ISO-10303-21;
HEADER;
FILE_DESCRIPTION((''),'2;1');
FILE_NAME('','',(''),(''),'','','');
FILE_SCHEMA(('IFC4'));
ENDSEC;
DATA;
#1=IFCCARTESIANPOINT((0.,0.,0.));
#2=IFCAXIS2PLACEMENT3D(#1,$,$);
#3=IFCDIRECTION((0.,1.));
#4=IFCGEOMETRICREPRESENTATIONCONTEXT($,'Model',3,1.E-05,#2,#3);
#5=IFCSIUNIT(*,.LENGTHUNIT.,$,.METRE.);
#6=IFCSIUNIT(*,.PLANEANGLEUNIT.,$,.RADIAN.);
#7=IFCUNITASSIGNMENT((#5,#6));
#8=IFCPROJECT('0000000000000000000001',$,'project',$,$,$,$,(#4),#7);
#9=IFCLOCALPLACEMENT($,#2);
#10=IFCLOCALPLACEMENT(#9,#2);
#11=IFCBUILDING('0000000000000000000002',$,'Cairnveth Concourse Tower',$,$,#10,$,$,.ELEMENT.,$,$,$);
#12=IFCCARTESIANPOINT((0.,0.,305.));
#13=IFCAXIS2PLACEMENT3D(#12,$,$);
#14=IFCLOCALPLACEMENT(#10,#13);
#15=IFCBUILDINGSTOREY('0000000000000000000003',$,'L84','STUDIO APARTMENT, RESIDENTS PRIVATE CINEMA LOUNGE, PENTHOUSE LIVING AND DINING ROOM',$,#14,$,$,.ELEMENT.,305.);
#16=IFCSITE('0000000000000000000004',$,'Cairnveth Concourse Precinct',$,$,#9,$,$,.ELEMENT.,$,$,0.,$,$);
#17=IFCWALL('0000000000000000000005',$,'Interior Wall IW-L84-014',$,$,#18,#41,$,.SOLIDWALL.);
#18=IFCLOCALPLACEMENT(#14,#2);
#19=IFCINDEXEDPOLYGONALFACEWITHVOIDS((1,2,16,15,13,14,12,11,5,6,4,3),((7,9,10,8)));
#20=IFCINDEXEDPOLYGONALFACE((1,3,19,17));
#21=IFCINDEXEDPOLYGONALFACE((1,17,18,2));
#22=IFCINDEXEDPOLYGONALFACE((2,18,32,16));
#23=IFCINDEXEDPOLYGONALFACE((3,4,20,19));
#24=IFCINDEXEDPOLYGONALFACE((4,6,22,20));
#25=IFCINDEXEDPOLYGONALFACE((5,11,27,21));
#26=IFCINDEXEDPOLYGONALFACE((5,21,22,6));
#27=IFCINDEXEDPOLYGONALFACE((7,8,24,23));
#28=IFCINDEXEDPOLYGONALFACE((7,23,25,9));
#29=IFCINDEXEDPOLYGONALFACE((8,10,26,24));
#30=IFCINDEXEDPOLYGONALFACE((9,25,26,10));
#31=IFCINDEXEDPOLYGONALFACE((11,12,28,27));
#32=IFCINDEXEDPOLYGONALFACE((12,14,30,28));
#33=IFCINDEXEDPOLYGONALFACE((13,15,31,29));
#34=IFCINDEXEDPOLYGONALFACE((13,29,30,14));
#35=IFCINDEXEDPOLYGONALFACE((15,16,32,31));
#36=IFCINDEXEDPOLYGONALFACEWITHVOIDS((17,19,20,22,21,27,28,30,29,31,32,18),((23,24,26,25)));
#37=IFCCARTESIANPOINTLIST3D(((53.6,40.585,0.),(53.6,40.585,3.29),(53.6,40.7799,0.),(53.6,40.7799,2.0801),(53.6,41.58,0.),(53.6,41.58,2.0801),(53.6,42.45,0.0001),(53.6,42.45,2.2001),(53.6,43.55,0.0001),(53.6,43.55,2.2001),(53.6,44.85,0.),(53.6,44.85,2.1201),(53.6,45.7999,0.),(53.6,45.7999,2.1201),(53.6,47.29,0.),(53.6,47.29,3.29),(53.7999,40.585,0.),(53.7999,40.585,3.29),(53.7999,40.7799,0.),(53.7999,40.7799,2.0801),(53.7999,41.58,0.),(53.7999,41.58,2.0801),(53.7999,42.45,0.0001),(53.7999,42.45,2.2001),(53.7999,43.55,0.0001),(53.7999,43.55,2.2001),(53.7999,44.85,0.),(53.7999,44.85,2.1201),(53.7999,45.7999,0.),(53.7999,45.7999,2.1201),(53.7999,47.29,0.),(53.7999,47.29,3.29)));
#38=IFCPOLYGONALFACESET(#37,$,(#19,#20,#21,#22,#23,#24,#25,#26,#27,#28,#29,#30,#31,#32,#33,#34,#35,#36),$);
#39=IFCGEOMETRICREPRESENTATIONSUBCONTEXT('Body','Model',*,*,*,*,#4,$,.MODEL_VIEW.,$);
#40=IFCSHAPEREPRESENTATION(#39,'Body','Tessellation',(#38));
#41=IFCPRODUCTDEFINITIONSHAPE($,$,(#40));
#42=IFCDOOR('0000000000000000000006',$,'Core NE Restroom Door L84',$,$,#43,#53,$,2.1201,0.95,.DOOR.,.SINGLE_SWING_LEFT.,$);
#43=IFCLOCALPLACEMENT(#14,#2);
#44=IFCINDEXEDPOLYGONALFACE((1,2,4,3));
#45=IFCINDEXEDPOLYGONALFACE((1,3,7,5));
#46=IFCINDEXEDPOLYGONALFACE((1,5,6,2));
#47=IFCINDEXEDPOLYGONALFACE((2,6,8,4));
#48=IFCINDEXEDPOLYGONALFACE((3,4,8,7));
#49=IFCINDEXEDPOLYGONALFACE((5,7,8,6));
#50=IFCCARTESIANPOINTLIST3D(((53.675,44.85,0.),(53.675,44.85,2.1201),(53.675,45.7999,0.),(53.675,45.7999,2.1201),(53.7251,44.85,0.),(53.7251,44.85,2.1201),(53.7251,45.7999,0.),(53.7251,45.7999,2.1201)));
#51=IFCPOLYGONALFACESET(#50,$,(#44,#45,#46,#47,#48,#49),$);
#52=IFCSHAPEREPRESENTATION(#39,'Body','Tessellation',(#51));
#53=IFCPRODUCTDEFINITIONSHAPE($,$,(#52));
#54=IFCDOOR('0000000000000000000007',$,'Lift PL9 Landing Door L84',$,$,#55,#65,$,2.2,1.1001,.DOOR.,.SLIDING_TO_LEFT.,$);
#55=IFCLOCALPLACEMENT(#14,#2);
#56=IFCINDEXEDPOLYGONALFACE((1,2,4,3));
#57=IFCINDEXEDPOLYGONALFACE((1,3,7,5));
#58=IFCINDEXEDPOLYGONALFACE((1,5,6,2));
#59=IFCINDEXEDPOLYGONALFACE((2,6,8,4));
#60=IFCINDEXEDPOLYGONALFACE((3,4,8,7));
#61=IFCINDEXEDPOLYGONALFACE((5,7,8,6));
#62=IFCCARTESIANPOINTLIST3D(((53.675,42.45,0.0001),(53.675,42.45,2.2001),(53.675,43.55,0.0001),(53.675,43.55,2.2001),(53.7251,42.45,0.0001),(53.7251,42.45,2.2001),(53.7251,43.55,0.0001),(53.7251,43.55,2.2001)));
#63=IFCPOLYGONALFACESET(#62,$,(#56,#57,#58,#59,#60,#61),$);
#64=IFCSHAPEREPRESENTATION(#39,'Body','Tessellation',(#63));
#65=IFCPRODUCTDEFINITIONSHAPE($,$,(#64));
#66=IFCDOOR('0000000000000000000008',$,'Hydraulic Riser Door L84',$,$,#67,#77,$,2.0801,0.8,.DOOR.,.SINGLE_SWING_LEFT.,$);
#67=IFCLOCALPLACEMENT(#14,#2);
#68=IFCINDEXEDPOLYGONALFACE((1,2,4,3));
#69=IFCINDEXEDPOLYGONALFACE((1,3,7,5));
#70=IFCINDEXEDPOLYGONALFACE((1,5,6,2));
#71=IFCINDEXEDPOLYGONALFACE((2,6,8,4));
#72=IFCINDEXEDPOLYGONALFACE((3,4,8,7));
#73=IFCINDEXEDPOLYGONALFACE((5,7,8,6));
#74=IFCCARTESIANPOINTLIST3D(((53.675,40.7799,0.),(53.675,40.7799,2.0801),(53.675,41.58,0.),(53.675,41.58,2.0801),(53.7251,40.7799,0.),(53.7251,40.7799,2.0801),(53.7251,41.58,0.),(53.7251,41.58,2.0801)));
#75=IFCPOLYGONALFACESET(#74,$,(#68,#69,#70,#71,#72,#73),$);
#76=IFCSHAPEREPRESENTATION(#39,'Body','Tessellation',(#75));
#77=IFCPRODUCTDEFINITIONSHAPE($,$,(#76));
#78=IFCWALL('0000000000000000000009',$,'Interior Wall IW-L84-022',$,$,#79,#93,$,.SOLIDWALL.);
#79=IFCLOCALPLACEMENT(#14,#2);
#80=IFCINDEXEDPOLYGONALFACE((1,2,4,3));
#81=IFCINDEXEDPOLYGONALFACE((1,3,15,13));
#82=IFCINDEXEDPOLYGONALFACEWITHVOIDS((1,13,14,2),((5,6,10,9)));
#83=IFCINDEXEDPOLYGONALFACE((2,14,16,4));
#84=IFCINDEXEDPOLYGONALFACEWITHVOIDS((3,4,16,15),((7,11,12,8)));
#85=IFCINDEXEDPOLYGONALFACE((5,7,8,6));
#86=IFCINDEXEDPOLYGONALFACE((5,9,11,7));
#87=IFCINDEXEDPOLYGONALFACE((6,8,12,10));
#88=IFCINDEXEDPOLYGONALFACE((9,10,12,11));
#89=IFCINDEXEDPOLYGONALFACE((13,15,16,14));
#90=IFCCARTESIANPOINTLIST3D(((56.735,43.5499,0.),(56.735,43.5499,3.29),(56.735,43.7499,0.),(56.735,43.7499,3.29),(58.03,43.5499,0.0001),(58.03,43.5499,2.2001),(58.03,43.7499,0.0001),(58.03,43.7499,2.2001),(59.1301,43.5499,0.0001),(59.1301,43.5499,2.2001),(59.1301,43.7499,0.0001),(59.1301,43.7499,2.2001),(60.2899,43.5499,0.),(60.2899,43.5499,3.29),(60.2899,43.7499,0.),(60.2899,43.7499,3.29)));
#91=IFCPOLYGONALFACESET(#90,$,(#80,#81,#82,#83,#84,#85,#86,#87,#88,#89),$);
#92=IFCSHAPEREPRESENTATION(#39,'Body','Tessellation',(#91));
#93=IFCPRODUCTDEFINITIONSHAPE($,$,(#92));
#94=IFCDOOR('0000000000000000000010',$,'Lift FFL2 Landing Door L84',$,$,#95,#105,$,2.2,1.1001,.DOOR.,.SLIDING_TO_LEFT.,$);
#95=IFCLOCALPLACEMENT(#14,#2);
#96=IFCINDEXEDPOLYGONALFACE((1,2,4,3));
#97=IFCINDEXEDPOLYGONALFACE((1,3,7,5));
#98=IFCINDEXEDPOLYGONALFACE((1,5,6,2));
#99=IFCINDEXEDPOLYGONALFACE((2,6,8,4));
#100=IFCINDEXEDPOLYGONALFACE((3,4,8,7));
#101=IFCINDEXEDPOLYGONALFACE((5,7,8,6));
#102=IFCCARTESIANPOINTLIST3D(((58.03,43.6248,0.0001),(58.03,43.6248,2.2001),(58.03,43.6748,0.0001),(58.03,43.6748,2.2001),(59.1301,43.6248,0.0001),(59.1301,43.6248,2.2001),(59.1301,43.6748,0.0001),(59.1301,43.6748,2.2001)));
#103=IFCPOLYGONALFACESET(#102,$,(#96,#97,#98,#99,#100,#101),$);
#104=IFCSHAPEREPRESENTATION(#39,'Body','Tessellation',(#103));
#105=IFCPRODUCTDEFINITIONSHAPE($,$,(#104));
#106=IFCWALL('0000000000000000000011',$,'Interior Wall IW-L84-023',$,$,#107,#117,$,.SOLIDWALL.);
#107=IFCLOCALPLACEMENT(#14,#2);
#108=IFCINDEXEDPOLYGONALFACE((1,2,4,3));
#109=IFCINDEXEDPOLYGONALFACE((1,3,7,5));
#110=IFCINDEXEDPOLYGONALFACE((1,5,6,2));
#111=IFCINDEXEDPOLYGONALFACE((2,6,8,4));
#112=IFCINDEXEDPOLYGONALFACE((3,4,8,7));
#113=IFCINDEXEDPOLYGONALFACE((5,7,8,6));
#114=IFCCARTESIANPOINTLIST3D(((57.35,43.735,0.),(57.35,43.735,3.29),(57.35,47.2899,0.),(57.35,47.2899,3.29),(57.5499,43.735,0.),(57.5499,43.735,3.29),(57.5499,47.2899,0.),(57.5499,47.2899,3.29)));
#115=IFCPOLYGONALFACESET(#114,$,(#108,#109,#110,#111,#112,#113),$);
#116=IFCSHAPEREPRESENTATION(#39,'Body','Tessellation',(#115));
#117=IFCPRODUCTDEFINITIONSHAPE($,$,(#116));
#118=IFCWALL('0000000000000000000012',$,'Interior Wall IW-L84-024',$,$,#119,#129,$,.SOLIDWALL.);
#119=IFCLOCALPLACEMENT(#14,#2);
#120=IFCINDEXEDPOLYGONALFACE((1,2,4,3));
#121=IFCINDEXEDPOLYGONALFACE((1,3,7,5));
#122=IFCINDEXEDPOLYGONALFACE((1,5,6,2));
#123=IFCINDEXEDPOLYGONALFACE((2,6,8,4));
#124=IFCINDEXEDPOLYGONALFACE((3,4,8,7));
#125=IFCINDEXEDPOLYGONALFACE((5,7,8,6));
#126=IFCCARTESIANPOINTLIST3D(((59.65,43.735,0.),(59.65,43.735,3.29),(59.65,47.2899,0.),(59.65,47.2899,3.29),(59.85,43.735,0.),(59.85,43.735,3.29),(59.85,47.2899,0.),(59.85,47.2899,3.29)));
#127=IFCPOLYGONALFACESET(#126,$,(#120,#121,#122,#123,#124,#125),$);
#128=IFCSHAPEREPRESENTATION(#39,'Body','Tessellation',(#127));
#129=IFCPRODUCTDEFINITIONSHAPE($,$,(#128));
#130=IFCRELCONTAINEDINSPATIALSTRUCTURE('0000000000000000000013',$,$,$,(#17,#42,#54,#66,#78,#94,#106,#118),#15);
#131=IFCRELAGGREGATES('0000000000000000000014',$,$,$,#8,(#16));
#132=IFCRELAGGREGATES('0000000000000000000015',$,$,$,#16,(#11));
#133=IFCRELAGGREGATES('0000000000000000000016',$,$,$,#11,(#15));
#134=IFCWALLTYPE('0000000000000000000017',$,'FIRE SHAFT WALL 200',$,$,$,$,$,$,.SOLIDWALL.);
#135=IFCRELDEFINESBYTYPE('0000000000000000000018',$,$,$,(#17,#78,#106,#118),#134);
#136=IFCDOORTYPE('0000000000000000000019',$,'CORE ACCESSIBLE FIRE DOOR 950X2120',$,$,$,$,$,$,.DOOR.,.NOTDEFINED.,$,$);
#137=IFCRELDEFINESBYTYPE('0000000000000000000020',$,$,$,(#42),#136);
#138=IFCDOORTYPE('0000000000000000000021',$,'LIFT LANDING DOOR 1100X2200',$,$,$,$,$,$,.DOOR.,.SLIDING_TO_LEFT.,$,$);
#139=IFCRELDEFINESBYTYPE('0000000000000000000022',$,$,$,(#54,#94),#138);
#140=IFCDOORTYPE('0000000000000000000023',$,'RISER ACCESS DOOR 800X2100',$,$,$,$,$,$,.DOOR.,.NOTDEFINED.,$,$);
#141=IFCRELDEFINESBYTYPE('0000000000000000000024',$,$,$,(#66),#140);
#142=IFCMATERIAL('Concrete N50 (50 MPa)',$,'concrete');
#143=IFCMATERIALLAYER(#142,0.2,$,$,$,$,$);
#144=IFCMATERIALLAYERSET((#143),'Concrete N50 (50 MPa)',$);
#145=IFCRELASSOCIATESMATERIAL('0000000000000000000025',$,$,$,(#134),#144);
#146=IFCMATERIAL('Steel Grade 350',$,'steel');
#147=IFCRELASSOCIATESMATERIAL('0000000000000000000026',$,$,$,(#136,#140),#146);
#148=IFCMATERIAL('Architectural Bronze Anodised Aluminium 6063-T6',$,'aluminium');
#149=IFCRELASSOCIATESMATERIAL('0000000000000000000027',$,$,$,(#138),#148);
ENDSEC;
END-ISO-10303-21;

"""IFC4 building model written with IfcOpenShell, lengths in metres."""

from ifc_helpers import new_model, si_unit, direction, frame, frame_2d, origin, place, context, subcontext, project, spatial, rectangle, extrude, material, layer, layer_set, type_object, element, fill, save


model = new_model("IFC4")

# Units and contexts
model_context = context("Model", 3, precision=1e-05, world=origin(), true_north=direction((0.0, 1.0)))
body_context = subcontext(model_context, "Body", "Model", "MODEL_VIEW")
ifc_project = project(units=[si_unit("LENGTHUNIT", "METRE"), si_unit("PLANEANGLEUNIT", "RADIAN")], contexts=[model_context])

# Site, building, storey
site_placement = place(None, origin())
site = spatial("IfcSite", under=ifc_project, at=site_placement, Name="Cairnveth Concourse Precinct", CompositionType="ELEMENT", RefElevation=0.0)
building_placement = place(site_placement, origin())
building = spatial("IfcBuilding", under=site, at=building_placement, Name="Cairnveth Concourse Tower", CompositionType="ELEMENT")
storey_placement = place(building_placement, frame((0.0, 0.0, 305.0)))
storey = spatial("IfcBuildingStorey", under=building, at=storey_placement, Name="L84", Description="STUDIO APARTMENT, RESIDENTS PRIVATE CINEMA LOUNGE, PENTHOUSE LIVING AND DINING ROOM", CompositionType="ELEMENT", Elevation=305.0)

# Shared definitions
ifc_material_1 = material(Name="Steel Grade 350", Category="steel")

# Shared definitions
ifc_material_2 = material(Name="Concrete N50 (50 MPa)", Category="concrete")

# Shared definitions
ifc_layer_1 = layer(ifc_material_2, 0.2)
ifc_layer_set_1 = layer_set([ifc_layer_1], Name="Concrete N50 (50 MPa)")
wall_type_1 = type_object("IfcWallType", Name="FIRE SHAFT WALL 200", PredefinedType="SOLIDWALL", material=ifc_layer_set_1)

# Wall, openings, doors
wall_1_placement = place(storey_placement, frame((53.7, 40.585, 0.0), z_axis=(0.0, 0.0, 1.0), x_axis=(0.0, 1.0, 0.0)))
wall_1 = element("IfcWall", 1, at=wall_1_placement, inside=storey, type_object=wall_type_1, Name="Interior Wall IW-L84-014", PredefinedType="SOLIDWALL", context=body_context, shape_type="SweptSolid", body=[
    extrude(rectangle(XDim=6.7051, YDim=0.2, at=frame_2d((3.3525, 0.0))), origin(), (0.0, 0.0, 1.0), 3.29),
])
opening_1_placement = place(wall_1_placement, frame((0.1951, 0.0, 0.0)))
opening_1 = element("IfcOpeningElement", 2, at=opening_1_placement, cuts=wall_1, PredefinedType="OPENING", context=body_context, shape_type="SweptSolid", body=[
    extrude(rectangle(XDim=0.8, YDim=2.0801, at=frame_2d((0.3999, 1.04))), frame((0.0, 0.1099, 0.0), z_axis=(0.0, -1.0, 0.0), x_axis=(1.0, 0.0, 0.0)), (0.0, 0.0, 1.0), 0.22),
])
opening_2_placement = place(wall_1_placement, frame((1.865, 0.0, 0.0)))
opening_2 = element("IfcOpeningElement", 3, at=opening_2_placement, cuts=wall_1, PredefinedType="OPENING", context=body_context, shape_type="SweptSolid", body=[
    extrude(rectangle(XDim=1.1001, YDim=2.2, at=frame_2d((0.55, 1.1001))), frame((0.0, 0.1099, 0.0), z_axis=(0.0, -1.0, 0.0), x_axis=(1.0, 0.0, 0.0)), (0.0, 0.0, 1.0), 0.22),
])
opening_3_placement = place(wall_1_placement, frame((4.2649, 0.0, 0.0)))
opening_3 = element("IfcOpeningElement", 4, at=opening_3_placement, cuts=wall_1, PredefinedType="OPENING", context=body_context, shape_type="SweptSolid", body=[
    extrude(rectangle(XDim=0.95, YDim=2.1201, at=frame_2d((0.4751, 1.0601))), frame((0.0, 0.1099, 0.0), z_axis=(0.0, -1.0, 0.0), x_axis=(1.0, 0.0, 0.0)), (0.0, 0.0, 1.0), 0.22),
])
door_type_1 = type_object("IfcDoorType", Name="CORE ACCESSIBLE FIRE DOOR 950X2120", OperationType="NOTDEFINED", PredefinedType="DOOR", material=ifc_material_1)
door_1_placement = place(opening_3_placement, origin())
door_1 = element("IfcDoor", 5, at=door_1_placement, inside=storey, type_object=door_type_1, Name="Core NE Restroom Door L84", OperationType="SINGLE_SWING_LEFT", OverallHeight=2.1201, OverallWidth=0.95, PredefinedType="DOOR", context=body_context, shape_type="SweptSolid", body=[
    extrude(rectangle(XDim=0.95, YDim=2.1201, at=frame_2d((0.4751, 1.0601))), frame((0.0, 0.0249, 0.0), z_axis=(0.0, -1.0, 0.0), x_axis=(1.0, 0.0, 0.0)), (0.0, 0.0, 1.0), 0.05),
])
fill(opening_3, door_1)
ifc_material_3 = material(Name="Architectural Bronze Anodised Aluminium 6063-T6", Category="aluminium")
door_type_2 = type_object("IfcDoorType", Name="LIFT LANDING DOOR 1100X2200", OperationType="SLIDING_TO_LEFT", PredefinedType="DOOR", material=ifc_material_3)
door_2_placement = place(opening_2_placement, origin())
door_2 = element("IfcDoor", 6, at=door_2_placement, inside=storey, type_object=door_type_2, Name="Lift PL9 Landing Door L84", OperationType="SLIDING_TO_LEFT", OverallHeight=2.2, OverallWidth=1.1001, PredefinedType="DOOR", context=body_context, shape_type="SweptSolid", body=[
    extrude(rectangle(XDim=1.1001, YDim=2.2, at=frame_2d((0.55, 1.1001))), frame((0.0, 0.0249, 0.0), z_axis=(0.0, -1.0, 0.0), x_axis=(1.0, 0.0, 0.0)), (0.0, 0.0, 1.0), 0.05),
])
fill(opening_2, door_2)
door_type_3 = type_object("IfcDoorType", Name="RISER ACCESS DOOR 800X2100", OperationType="NOTDEFINED", PredefinedType="DOOR", material=ifc_material_1)
door_3_placement = place(opening_1_placement, origin())
door_3 = element("IfcDoor", 7, at=door_3_placement, inside=storey, type_object=door_type_3, Name="Hydraulic Riser Door L84", OperationType="SINGLE_SWING_LEFT", OverallHeight=2.0801, OverallWidth=0.8, PredefinedType="DOOR", context=body_context, shape_type="SweptSolid", body=[
    extrude(rectangle(XDim=0.8, YDim=2.0801, at=frame_2d((0.3999, 1.04))), frame((0.0, 0.0249, 0.0), z_axis=(0.0, -1.0, 0.0), x_axis=(1.0, 0.0, 0.0)), (0.0, 0.0, 1.0), 0.05),
])
fill(opening_1, door_3)

# Wall, opening, door
wall_2_placement = place(storey_placement, frame((56.7351, 43.6499, 0.0), z_axis=(0.0, 0.0, 1.0), x_axis=(1.0, 0.0, 0.0)))
wall_2 = element("IfcWall", 8, at=wall_2_placement, inside=storey, type_object=wall_type_1, Name="Interior Wall IW-L84-022", PredefinedType="SOLIDWALL", context=body_context, shape_type="SweptSolid", body=[
    extrude(rectangle(XDim=3.5549, YDim=0.2, at=frame_2d((1.7773, 0.0))), origin(), (0.0, 0.0, 1.0), 3.29),
])
opening_4_placement = place(wall_2_placement, frame((1.2949, 0.0, 0.0)))
opening_4 = element("IfcOpeningElement", 9, at=opening_4_placement, cuts=wall_2, PredefinedType="OPENING", context=body_context, shape_type="SweptSolid", body=[
    extrude(rectangle(XDim=1.1001, YDim=2.2, at=frame_2d((0.55, 1.1001))), frame((0.0, 0.1099, 0.0), z_axis=(0.0, -1.0, 0.0), x_axis=(1.0, 0.0, 0.0)), (0.0, 0.0, 1.0), 0.22),
])
door_4_placement = place(opening_4_placement, origin())
door_4 = element("IfcDoor", 10, at=door_4_placement, inside=storey, type_object=door_type_2, Name="Lift FFL2 Landing Door L84", OperationType="SLIDING_TO_LEFT", OverallHeight=2.2, OverallWidth=1.1001, PredefinedType="DOOR", context=body_context, shape_type="SweptSolid", body=[
    extrude(rectangle(XDim=1.1001, YDim=2.2, at=frame_2d((0.55, 1.1001))), frame((0.0, 0.0249, 0.0), z_axis=(0.0, -1.0, 0.0), x_axis=(1.0, 0.0, 0.0)), (0.0, 0.0, 1.0), 0.05),
])
fill(opening_4, door_4)

# Walls
for number, where, z_axis, x_axis, name in (
    (11, (57.45, 43.7351, 0.0), (0.0, 0.0, 1.0), (0.0, 1.0, 0.0), "Interior Wall IW-L84-023"),
    (12, (59.75, 43.7351, 0.0), (0.0, 0.0, 1.0), (0.0, 1.0, 0.0), "Interior Wall IW-L84-024"),
):
    element("IfcWall", number, at=place(storey_placement, frame(where, z_axis=z_axis, x_axis=x_axis)), inside=storey, type_object=wall_type_1, Name=name, PredefinedType="SOLIDWALL", context=body_context, shape_type="SweptSolid", body=[
        extrude(rectangle(XDim=3.5549, YDim=0.2, at=frame_2d((1.7773, 0.0))), origin(), (0.0, 0.0, 1.0), 3.29),
    ])

save(model, "model.ifc")
